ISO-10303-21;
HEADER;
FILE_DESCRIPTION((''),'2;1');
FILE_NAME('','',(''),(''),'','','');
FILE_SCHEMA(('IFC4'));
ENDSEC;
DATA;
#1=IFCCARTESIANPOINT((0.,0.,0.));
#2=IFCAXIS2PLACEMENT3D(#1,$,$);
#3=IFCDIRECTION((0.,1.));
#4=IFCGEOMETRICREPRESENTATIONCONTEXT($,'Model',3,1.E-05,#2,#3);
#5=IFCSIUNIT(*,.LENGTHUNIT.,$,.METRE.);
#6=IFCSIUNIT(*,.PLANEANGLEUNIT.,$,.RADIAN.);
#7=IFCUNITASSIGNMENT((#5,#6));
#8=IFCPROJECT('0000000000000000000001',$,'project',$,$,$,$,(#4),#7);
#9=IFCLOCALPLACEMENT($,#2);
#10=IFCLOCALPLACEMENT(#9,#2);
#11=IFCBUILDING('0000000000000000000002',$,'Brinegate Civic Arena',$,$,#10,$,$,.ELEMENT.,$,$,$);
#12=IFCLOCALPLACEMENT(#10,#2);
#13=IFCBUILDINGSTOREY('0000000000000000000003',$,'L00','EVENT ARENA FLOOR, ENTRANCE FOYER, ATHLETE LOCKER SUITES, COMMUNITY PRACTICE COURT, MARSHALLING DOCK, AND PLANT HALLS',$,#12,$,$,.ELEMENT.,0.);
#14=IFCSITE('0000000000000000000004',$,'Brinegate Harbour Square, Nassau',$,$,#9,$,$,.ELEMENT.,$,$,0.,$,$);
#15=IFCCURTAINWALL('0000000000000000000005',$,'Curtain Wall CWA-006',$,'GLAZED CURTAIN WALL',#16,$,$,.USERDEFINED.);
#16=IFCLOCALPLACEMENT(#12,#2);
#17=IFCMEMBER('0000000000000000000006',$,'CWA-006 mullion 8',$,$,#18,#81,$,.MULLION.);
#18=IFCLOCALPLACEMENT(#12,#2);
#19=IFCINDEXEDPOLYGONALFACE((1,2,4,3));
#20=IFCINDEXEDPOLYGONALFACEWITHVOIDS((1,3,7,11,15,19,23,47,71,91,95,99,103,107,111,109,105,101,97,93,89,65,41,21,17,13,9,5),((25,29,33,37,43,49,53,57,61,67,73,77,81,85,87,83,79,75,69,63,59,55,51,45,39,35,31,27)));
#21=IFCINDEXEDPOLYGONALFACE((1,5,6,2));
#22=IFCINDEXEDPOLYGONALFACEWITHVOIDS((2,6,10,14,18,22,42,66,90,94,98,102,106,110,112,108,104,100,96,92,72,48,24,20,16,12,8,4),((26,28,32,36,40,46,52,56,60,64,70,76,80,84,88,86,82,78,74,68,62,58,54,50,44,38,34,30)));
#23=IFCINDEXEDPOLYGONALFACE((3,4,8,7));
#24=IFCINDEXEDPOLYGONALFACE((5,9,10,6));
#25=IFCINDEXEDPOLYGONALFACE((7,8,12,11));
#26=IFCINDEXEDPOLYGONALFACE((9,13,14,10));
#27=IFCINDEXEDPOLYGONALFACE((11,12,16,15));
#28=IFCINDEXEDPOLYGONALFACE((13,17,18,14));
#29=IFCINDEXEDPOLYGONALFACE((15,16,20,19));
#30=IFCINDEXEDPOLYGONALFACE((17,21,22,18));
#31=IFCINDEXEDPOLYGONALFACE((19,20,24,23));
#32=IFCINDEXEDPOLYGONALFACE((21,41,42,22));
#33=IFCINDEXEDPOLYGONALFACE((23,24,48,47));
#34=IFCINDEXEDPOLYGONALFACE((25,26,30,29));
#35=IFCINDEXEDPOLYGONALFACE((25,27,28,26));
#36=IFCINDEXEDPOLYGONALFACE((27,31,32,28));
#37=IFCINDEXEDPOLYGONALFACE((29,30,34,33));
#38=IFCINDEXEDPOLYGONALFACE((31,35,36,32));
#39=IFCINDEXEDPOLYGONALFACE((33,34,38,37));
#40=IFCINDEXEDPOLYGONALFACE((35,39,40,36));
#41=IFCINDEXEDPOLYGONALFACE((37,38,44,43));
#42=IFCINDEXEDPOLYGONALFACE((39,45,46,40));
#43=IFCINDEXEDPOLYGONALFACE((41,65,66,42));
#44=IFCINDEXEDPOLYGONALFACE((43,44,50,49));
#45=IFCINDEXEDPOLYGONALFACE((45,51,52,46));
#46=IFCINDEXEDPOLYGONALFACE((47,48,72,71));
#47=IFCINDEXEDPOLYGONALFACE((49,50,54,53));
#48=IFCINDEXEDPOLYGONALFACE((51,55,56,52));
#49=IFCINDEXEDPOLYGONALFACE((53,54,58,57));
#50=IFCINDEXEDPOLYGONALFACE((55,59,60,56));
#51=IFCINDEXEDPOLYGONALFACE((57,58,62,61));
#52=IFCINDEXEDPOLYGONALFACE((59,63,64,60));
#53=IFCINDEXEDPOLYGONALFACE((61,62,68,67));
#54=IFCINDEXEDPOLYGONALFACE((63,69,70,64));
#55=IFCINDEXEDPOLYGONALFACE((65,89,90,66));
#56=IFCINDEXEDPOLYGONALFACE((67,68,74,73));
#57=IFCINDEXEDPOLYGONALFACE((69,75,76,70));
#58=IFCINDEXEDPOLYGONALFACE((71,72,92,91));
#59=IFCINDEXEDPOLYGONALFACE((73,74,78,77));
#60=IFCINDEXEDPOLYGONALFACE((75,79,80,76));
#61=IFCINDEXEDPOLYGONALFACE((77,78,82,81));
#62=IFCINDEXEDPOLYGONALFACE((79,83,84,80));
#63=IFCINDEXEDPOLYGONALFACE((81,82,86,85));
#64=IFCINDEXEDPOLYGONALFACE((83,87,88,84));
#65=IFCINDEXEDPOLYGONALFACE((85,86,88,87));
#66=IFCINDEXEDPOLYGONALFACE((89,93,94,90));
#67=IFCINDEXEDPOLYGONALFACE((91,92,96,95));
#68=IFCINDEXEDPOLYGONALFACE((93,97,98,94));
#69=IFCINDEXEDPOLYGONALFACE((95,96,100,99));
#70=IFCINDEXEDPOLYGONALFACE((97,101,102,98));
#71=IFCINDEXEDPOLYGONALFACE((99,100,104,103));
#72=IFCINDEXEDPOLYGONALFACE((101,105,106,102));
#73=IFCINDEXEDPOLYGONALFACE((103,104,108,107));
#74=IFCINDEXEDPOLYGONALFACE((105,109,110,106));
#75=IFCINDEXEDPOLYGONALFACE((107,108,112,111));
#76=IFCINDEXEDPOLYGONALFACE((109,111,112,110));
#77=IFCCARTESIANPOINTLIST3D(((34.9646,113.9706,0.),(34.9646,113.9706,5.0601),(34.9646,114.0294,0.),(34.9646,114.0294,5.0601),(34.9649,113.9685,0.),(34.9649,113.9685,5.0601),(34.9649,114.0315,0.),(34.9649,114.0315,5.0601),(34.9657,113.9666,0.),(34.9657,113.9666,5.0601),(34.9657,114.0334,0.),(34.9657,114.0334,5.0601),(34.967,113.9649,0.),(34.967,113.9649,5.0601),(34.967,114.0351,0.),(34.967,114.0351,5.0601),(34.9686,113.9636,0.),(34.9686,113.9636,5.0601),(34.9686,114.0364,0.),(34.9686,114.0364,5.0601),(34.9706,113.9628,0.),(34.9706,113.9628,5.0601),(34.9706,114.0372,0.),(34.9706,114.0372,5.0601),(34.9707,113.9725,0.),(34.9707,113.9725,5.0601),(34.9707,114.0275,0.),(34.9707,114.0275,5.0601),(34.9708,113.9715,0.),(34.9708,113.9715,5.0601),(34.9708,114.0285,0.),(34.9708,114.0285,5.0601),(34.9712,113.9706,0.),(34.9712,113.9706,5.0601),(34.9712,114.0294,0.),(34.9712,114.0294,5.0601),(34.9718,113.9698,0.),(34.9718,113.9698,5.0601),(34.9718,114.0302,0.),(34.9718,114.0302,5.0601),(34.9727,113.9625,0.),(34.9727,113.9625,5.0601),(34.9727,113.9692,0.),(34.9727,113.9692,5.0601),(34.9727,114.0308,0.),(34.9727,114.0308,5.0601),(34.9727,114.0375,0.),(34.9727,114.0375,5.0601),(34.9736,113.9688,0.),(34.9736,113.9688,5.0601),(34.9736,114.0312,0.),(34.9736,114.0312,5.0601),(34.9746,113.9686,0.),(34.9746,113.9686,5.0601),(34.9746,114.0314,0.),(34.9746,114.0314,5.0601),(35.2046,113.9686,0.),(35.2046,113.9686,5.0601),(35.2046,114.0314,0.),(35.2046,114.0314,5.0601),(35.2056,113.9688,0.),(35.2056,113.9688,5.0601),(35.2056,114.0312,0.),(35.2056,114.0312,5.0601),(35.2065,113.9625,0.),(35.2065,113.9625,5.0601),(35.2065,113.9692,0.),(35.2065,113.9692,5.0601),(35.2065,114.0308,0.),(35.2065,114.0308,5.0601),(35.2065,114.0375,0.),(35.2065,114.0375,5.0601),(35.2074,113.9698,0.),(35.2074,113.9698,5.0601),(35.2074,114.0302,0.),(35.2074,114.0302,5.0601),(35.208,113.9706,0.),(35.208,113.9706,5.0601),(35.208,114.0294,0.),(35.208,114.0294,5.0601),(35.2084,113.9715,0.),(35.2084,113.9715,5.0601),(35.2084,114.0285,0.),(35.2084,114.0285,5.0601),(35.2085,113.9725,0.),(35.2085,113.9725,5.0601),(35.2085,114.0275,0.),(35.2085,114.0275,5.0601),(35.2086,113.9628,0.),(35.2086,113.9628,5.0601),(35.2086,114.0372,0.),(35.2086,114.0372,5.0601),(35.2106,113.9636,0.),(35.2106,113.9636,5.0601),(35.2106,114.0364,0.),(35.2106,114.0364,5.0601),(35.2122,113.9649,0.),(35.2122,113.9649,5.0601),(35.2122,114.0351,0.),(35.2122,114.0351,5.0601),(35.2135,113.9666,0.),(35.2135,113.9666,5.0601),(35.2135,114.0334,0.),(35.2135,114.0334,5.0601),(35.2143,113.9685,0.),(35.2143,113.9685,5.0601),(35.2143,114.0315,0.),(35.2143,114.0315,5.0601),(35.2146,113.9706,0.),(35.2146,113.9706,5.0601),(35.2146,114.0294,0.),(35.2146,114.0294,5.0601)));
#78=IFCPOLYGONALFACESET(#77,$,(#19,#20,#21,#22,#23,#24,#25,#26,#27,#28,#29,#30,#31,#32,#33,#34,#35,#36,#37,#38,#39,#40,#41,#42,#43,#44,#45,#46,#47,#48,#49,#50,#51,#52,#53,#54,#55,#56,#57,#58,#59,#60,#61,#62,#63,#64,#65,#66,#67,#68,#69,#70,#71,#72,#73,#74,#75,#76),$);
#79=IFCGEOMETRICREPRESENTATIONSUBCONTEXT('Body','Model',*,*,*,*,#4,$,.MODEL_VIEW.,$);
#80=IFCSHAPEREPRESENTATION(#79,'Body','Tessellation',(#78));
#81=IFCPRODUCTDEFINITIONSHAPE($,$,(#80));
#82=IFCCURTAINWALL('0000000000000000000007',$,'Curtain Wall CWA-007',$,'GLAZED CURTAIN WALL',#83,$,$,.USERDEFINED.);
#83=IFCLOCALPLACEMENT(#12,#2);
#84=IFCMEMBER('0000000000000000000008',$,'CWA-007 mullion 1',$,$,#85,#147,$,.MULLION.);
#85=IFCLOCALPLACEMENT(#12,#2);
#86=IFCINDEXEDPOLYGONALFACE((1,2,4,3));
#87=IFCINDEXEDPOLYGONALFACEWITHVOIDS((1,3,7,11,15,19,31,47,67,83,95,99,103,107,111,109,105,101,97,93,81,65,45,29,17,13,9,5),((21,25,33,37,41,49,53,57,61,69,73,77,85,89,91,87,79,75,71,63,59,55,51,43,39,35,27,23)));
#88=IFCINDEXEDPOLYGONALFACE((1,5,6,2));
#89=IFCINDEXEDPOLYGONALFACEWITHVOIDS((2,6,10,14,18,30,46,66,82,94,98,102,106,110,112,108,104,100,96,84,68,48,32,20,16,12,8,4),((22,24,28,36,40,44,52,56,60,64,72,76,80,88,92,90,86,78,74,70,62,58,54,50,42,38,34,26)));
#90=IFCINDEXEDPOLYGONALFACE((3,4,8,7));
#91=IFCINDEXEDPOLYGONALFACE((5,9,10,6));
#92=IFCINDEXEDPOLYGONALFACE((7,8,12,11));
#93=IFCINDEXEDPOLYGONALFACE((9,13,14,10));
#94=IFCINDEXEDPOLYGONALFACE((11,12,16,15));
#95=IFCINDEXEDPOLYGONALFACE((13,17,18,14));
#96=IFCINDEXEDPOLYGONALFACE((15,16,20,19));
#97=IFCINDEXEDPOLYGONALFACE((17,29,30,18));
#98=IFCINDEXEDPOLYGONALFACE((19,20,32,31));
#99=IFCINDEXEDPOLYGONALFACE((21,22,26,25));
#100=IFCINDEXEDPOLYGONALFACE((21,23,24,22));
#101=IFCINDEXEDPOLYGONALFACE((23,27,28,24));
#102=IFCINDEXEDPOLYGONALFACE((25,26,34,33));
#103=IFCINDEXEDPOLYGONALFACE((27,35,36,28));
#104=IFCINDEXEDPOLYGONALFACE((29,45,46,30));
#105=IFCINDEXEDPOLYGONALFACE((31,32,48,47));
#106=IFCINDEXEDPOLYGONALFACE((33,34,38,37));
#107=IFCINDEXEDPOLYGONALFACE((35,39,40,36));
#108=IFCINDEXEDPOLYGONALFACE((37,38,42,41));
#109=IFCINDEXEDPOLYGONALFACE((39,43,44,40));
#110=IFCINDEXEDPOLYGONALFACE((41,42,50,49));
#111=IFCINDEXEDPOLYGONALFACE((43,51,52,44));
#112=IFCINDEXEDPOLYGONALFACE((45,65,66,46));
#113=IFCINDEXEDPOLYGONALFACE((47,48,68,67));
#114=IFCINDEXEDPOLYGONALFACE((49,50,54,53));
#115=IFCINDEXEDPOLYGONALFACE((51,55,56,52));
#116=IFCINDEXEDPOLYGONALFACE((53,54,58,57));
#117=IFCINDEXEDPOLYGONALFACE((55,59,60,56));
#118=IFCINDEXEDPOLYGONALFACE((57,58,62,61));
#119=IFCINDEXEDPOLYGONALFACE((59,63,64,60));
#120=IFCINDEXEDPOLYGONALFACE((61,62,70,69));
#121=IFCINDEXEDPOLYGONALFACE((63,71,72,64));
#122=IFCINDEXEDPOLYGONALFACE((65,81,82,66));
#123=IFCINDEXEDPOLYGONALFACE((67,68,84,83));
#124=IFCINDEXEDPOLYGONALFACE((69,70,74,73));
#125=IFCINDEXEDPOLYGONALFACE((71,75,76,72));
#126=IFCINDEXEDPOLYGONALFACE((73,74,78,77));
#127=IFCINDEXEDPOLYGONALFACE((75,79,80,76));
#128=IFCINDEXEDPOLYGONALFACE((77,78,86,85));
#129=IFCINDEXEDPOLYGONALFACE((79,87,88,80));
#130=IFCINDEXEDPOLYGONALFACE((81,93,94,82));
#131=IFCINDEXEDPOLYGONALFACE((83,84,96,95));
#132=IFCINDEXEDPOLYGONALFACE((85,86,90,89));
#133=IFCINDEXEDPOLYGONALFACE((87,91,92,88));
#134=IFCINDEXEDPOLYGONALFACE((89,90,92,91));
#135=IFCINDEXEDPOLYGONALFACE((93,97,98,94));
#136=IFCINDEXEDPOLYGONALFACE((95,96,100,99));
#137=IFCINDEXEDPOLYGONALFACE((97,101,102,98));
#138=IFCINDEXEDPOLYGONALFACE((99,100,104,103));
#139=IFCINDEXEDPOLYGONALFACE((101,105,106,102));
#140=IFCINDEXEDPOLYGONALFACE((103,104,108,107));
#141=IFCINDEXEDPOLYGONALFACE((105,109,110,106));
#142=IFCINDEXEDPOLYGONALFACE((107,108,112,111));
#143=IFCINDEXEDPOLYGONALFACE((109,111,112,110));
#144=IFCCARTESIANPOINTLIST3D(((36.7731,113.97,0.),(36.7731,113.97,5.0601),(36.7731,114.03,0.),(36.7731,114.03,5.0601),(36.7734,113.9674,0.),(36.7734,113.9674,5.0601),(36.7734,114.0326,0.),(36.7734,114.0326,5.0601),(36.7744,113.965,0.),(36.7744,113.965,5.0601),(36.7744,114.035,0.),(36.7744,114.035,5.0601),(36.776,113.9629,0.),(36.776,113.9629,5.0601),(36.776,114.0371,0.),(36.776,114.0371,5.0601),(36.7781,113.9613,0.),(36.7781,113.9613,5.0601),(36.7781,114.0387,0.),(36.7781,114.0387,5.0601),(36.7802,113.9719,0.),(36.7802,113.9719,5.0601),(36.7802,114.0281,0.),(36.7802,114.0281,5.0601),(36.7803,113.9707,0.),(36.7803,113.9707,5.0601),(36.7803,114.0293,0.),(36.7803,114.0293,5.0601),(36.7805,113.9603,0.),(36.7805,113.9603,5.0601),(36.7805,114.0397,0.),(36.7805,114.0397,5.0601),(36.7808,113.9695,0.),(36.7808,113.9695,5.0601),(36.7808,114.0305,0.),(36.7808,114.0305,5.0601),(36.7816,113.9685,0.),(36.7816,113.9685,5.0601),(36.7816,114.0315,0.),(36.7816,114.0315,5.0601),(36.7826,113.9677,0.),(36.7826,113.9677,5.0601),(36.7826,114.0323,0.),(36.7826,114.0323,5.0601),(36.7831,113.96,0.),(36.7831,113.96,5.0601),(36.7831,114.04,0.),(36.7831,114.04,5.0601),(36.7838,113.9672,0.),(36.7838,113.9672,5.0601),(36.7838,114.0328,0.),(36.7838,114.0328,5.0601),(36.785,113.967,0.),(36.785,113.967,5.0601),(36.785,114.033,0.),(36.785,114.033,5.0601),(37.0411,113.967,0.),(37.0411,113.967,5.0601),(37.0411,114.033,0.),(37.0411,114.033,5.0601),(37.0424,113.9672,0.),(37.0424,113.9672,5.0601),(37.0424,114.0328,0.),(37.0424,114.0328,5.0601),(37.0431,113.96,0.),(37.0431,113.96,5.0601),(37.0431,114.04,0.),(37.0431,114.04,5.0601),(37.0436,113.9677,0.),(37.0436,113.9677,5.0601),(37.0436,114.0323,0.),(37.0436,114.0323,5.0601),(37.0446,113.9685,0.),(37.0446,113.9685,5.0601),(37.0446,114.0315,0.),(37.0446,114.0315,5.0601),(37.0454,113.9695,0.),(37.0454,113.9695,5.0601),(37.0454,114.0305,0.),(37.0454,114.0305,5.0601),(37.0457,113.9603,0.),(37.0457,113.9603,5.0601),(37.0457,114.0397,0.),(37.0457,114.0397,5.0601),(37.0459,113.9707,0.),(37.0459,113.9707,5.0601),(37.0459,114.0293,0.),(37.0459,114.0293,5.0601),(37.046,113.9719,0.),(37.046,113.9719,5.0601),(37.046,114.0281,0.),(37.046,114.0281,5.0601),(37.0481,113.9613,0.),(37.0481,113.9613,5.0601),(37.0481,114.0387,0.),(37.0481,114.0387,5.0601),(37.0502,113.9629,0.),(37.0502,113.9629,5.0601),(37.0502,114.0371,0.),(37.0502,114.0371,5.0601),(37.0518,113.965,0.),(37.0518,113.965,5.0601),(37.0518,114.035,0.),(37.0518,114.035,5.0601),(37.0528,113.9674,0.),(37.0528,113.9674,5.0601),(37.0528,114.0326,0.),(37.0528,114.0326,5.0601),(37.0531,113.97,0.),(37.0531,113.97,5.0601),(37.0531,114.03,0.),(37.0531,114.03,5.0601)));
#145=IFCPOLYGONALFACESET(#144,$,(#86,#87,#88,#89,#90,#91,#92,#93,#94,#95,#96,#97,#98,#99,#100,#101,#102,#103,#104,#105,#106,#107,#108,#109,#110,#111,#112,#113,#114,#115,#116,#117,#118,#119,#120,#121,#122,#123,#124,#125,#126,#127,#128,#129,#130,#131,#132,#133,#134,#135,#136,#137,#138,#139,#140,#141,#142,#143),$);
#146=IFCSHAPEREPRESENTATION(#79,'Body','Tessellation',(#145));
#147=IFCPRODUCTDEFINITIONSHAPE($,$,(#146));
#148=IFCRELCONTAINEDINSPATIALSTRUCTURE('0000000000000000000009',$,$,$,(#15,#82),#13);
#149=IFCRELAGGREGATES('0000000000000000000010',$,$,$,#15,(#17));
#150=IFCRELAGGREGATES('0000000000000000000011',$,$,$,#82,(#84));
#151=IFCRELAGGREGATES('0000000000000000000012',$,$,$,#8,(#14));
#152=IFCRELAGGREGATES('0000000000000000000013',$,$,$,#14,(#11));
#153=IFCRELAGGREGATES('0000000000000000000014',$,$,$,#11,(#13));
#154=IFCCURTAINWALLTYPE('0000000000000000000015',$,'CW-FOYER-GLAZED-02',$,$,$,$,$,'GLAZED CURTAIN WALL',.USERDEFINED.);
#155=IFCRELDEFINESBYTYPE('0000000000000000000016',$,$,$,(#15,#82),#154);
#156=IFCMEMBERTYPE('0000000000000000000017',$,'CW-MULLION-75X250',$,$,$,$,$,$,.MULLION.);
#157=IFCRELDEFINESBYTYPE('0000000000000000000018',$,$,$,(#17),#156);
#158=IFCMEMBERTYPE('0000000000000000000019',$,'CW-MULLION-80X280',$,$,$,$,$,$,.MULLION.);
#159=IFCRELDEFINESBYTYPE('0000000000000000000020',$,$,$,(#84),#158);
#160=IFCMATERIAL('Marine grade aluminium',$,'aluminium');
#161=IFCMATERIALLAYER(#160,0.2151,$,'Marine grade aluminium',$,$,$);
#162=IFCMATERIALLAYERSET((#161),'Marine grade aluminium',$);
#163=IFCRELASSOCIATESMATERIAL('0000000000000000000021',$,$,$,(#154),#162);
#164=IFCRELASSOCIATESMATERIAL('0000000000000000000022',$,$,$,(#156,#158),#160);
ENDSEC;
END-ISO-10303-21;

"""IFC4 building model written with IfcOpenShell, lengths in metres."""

from ifc_helpers import new_model, si_unit, direction, frame, origin, origin_2d, place, context, subcontext, project, spatial, hollow_rectangle, extrude, material, layer, layer_set, material_profile, profile_set, type_object, element, aggregate, save


model = new_model("IFC4")

# Units and contexts
model_context = context("Model", 3, precision=1e-05, world=origin(), true_north=direction((0.0, 1.0)))
body_context = subcontext(model_context, "Body", "Model", "MODEL_VIEW")
ifc_project = project(units=[si_unit("LENGTHUNIT", "METRE"), si_unit("PLANEANGLEUNIT", "RADIAN")], contexts=[model_context])

# Site, building, storey
site_placement = place(None, origin())
site = spatial("IfcSite", under=ifc_project, at=site_placement, Name="Brinegate Harbour Square, Nassau", CompositionType="ELEMENT", RefElevation=0.0)
building_placement = place(site_placement, origin())
building = spatial("IfcBuilding", under=site, at=building_placement, Name="Brinegate Civic Arena", CompositionType="ELEMENT")
storey_placement = place(building_placement, origin())
storey = spatial("IfcBuildingStorey", under=building, at=storey_placement, Name="L00", Description="EVENT ARENA FLOOR, ENTRANCE FOYER, ATHLETE LOCKER SUITES, COMMUNITY PRACTICE COURT, MARSHALLING DOCK, AND PLANT HALLS", CompositionType="ELEMENT", Elevation=0.0)

# Curtain walls, members
ifc_material_1 = material(Name="Marine grade aluminium", Category="aluminium")
ifc_layer_1 = layer(ifc_material_1, 0.2151, Name="Marine grade aluminium")
ifc_layer_set_1 = layer_set([ifc_layer_1], Name="Marine grade aluminium")
curtain_wall_type = type_object("IfcCurtainWallType", Name="CW-FOYER-GLAZED-02", ElementType="GLAZED CURTAIN WALL", PredefinedType="USERDEFINED", material=ifc_layer_set_1)
curtain_wall_1_placement = place(storey_placement, origin())
curtain_wall_1 = element("IfcCurtainWall", 1, at=curtain_wall_1_placement, inside=storey, type_object=curtain_wall_type, Name="Curtain Wall CWA-006", ObjectType="GLAZED CURTAIN WALL", PredefinedType="USERDEFINED")
ifc_material_profile_1 = material_profile(ifc_material_1, hollow_rectangle(XDim=0.075, YDim=0.25, WallThickness=0.0061, InnerFilletRadius=0.0039, OuterFilletRadius=0.0081, at=origin_2d()), Name="MUL75X250")
ifc_profile_set_1 = profile_set([ifc_material_profile_1], Name="Marine grade aluminium")
member_type_1 = type_object("IfcMemberType", Name="CW-MULLION-75X250", PredefinedType="MULLION", material=ifc_profile_set_1)
member_1_placement = place(storey_placement, frame((35.0896, 114.0, 0.0), z_axis=(0.0, 0.0, 1.0), x_axis=(0.0, 1.0, 0.0)))
member_1 = element("IfcMember", 2, at=member_1_placement, type_object=member_type_1, Name="CWA-006 mullion 8", PredefinedType="MULLION", context=body_context, shape_type="SweptSolid", body=[
    extrude(hollow_rectangle(XDim=0.075, YDim=0.25, WallThickness=0.0061, InnerFilletRadius=0.0039, OuterFilletRadius=0.0081, at=origin_2d()), origin(), (0.0, 0.0, 1.0), 5.0601),
])
curtain_wall_2_placement = place(storey_placement, origin())
curtain_wall_2 = element("IfcCurtainWall", 3, at=curtain_wall_2_placement, inside=storey, type_object=curtain_wall_type, Name="Curtain Wall CWA-007", ObjectType="GLAZED CURTAIN WALL", PredefinedType="USERDEFINED")
ifc_material_profile_2 = material_profile(ifc_material_1, hollow_rectangle(XDim=0.0801, YDim=0.28, WallThickness=0.0071, InnerFilletRadius=0.0049, OuterFilletRadius=0.01, at=origin_2d()), Name="MUL80X280")
ifc_profile_set_2 = profile_set([ifc_material_profile_2], Name="Marine grade aluminium")
member_type_2 = type_object("IfcMemberType", Name="CW-MULLION-80X280", PredefinedType="MULLION", material=ifc_profile_set_2)
member_2_placement = place(storey_placement, frame((36.9131, 114.0, 0.0), z_axis=(0.0, 0.0, 1.0), x_axis=(0.0, 1.0, 0.0)))
member_2 = element("IfcMember", 4, at=member_2_placement, type_object=member_type_2, Name="CWA-007 mullion 1", PredefinedType="MULLION", context=body_context, shape_type="SweptSolid", body=[
    extrude(hollow_rectangle(XDim=0.0801, YDim=0.28, WallThickness=0.0071, InnerFilletRadius=0.0049, OuterFilletRadius=0.01, at=origin_2d()), origin(), (0.0, 0.0, 1.0), 5.0601),
])

aggregate(curtain_wall_1, [member_1])
aggregate(curtain_wall_2, [member_2])

save(model, "model.ifc")
